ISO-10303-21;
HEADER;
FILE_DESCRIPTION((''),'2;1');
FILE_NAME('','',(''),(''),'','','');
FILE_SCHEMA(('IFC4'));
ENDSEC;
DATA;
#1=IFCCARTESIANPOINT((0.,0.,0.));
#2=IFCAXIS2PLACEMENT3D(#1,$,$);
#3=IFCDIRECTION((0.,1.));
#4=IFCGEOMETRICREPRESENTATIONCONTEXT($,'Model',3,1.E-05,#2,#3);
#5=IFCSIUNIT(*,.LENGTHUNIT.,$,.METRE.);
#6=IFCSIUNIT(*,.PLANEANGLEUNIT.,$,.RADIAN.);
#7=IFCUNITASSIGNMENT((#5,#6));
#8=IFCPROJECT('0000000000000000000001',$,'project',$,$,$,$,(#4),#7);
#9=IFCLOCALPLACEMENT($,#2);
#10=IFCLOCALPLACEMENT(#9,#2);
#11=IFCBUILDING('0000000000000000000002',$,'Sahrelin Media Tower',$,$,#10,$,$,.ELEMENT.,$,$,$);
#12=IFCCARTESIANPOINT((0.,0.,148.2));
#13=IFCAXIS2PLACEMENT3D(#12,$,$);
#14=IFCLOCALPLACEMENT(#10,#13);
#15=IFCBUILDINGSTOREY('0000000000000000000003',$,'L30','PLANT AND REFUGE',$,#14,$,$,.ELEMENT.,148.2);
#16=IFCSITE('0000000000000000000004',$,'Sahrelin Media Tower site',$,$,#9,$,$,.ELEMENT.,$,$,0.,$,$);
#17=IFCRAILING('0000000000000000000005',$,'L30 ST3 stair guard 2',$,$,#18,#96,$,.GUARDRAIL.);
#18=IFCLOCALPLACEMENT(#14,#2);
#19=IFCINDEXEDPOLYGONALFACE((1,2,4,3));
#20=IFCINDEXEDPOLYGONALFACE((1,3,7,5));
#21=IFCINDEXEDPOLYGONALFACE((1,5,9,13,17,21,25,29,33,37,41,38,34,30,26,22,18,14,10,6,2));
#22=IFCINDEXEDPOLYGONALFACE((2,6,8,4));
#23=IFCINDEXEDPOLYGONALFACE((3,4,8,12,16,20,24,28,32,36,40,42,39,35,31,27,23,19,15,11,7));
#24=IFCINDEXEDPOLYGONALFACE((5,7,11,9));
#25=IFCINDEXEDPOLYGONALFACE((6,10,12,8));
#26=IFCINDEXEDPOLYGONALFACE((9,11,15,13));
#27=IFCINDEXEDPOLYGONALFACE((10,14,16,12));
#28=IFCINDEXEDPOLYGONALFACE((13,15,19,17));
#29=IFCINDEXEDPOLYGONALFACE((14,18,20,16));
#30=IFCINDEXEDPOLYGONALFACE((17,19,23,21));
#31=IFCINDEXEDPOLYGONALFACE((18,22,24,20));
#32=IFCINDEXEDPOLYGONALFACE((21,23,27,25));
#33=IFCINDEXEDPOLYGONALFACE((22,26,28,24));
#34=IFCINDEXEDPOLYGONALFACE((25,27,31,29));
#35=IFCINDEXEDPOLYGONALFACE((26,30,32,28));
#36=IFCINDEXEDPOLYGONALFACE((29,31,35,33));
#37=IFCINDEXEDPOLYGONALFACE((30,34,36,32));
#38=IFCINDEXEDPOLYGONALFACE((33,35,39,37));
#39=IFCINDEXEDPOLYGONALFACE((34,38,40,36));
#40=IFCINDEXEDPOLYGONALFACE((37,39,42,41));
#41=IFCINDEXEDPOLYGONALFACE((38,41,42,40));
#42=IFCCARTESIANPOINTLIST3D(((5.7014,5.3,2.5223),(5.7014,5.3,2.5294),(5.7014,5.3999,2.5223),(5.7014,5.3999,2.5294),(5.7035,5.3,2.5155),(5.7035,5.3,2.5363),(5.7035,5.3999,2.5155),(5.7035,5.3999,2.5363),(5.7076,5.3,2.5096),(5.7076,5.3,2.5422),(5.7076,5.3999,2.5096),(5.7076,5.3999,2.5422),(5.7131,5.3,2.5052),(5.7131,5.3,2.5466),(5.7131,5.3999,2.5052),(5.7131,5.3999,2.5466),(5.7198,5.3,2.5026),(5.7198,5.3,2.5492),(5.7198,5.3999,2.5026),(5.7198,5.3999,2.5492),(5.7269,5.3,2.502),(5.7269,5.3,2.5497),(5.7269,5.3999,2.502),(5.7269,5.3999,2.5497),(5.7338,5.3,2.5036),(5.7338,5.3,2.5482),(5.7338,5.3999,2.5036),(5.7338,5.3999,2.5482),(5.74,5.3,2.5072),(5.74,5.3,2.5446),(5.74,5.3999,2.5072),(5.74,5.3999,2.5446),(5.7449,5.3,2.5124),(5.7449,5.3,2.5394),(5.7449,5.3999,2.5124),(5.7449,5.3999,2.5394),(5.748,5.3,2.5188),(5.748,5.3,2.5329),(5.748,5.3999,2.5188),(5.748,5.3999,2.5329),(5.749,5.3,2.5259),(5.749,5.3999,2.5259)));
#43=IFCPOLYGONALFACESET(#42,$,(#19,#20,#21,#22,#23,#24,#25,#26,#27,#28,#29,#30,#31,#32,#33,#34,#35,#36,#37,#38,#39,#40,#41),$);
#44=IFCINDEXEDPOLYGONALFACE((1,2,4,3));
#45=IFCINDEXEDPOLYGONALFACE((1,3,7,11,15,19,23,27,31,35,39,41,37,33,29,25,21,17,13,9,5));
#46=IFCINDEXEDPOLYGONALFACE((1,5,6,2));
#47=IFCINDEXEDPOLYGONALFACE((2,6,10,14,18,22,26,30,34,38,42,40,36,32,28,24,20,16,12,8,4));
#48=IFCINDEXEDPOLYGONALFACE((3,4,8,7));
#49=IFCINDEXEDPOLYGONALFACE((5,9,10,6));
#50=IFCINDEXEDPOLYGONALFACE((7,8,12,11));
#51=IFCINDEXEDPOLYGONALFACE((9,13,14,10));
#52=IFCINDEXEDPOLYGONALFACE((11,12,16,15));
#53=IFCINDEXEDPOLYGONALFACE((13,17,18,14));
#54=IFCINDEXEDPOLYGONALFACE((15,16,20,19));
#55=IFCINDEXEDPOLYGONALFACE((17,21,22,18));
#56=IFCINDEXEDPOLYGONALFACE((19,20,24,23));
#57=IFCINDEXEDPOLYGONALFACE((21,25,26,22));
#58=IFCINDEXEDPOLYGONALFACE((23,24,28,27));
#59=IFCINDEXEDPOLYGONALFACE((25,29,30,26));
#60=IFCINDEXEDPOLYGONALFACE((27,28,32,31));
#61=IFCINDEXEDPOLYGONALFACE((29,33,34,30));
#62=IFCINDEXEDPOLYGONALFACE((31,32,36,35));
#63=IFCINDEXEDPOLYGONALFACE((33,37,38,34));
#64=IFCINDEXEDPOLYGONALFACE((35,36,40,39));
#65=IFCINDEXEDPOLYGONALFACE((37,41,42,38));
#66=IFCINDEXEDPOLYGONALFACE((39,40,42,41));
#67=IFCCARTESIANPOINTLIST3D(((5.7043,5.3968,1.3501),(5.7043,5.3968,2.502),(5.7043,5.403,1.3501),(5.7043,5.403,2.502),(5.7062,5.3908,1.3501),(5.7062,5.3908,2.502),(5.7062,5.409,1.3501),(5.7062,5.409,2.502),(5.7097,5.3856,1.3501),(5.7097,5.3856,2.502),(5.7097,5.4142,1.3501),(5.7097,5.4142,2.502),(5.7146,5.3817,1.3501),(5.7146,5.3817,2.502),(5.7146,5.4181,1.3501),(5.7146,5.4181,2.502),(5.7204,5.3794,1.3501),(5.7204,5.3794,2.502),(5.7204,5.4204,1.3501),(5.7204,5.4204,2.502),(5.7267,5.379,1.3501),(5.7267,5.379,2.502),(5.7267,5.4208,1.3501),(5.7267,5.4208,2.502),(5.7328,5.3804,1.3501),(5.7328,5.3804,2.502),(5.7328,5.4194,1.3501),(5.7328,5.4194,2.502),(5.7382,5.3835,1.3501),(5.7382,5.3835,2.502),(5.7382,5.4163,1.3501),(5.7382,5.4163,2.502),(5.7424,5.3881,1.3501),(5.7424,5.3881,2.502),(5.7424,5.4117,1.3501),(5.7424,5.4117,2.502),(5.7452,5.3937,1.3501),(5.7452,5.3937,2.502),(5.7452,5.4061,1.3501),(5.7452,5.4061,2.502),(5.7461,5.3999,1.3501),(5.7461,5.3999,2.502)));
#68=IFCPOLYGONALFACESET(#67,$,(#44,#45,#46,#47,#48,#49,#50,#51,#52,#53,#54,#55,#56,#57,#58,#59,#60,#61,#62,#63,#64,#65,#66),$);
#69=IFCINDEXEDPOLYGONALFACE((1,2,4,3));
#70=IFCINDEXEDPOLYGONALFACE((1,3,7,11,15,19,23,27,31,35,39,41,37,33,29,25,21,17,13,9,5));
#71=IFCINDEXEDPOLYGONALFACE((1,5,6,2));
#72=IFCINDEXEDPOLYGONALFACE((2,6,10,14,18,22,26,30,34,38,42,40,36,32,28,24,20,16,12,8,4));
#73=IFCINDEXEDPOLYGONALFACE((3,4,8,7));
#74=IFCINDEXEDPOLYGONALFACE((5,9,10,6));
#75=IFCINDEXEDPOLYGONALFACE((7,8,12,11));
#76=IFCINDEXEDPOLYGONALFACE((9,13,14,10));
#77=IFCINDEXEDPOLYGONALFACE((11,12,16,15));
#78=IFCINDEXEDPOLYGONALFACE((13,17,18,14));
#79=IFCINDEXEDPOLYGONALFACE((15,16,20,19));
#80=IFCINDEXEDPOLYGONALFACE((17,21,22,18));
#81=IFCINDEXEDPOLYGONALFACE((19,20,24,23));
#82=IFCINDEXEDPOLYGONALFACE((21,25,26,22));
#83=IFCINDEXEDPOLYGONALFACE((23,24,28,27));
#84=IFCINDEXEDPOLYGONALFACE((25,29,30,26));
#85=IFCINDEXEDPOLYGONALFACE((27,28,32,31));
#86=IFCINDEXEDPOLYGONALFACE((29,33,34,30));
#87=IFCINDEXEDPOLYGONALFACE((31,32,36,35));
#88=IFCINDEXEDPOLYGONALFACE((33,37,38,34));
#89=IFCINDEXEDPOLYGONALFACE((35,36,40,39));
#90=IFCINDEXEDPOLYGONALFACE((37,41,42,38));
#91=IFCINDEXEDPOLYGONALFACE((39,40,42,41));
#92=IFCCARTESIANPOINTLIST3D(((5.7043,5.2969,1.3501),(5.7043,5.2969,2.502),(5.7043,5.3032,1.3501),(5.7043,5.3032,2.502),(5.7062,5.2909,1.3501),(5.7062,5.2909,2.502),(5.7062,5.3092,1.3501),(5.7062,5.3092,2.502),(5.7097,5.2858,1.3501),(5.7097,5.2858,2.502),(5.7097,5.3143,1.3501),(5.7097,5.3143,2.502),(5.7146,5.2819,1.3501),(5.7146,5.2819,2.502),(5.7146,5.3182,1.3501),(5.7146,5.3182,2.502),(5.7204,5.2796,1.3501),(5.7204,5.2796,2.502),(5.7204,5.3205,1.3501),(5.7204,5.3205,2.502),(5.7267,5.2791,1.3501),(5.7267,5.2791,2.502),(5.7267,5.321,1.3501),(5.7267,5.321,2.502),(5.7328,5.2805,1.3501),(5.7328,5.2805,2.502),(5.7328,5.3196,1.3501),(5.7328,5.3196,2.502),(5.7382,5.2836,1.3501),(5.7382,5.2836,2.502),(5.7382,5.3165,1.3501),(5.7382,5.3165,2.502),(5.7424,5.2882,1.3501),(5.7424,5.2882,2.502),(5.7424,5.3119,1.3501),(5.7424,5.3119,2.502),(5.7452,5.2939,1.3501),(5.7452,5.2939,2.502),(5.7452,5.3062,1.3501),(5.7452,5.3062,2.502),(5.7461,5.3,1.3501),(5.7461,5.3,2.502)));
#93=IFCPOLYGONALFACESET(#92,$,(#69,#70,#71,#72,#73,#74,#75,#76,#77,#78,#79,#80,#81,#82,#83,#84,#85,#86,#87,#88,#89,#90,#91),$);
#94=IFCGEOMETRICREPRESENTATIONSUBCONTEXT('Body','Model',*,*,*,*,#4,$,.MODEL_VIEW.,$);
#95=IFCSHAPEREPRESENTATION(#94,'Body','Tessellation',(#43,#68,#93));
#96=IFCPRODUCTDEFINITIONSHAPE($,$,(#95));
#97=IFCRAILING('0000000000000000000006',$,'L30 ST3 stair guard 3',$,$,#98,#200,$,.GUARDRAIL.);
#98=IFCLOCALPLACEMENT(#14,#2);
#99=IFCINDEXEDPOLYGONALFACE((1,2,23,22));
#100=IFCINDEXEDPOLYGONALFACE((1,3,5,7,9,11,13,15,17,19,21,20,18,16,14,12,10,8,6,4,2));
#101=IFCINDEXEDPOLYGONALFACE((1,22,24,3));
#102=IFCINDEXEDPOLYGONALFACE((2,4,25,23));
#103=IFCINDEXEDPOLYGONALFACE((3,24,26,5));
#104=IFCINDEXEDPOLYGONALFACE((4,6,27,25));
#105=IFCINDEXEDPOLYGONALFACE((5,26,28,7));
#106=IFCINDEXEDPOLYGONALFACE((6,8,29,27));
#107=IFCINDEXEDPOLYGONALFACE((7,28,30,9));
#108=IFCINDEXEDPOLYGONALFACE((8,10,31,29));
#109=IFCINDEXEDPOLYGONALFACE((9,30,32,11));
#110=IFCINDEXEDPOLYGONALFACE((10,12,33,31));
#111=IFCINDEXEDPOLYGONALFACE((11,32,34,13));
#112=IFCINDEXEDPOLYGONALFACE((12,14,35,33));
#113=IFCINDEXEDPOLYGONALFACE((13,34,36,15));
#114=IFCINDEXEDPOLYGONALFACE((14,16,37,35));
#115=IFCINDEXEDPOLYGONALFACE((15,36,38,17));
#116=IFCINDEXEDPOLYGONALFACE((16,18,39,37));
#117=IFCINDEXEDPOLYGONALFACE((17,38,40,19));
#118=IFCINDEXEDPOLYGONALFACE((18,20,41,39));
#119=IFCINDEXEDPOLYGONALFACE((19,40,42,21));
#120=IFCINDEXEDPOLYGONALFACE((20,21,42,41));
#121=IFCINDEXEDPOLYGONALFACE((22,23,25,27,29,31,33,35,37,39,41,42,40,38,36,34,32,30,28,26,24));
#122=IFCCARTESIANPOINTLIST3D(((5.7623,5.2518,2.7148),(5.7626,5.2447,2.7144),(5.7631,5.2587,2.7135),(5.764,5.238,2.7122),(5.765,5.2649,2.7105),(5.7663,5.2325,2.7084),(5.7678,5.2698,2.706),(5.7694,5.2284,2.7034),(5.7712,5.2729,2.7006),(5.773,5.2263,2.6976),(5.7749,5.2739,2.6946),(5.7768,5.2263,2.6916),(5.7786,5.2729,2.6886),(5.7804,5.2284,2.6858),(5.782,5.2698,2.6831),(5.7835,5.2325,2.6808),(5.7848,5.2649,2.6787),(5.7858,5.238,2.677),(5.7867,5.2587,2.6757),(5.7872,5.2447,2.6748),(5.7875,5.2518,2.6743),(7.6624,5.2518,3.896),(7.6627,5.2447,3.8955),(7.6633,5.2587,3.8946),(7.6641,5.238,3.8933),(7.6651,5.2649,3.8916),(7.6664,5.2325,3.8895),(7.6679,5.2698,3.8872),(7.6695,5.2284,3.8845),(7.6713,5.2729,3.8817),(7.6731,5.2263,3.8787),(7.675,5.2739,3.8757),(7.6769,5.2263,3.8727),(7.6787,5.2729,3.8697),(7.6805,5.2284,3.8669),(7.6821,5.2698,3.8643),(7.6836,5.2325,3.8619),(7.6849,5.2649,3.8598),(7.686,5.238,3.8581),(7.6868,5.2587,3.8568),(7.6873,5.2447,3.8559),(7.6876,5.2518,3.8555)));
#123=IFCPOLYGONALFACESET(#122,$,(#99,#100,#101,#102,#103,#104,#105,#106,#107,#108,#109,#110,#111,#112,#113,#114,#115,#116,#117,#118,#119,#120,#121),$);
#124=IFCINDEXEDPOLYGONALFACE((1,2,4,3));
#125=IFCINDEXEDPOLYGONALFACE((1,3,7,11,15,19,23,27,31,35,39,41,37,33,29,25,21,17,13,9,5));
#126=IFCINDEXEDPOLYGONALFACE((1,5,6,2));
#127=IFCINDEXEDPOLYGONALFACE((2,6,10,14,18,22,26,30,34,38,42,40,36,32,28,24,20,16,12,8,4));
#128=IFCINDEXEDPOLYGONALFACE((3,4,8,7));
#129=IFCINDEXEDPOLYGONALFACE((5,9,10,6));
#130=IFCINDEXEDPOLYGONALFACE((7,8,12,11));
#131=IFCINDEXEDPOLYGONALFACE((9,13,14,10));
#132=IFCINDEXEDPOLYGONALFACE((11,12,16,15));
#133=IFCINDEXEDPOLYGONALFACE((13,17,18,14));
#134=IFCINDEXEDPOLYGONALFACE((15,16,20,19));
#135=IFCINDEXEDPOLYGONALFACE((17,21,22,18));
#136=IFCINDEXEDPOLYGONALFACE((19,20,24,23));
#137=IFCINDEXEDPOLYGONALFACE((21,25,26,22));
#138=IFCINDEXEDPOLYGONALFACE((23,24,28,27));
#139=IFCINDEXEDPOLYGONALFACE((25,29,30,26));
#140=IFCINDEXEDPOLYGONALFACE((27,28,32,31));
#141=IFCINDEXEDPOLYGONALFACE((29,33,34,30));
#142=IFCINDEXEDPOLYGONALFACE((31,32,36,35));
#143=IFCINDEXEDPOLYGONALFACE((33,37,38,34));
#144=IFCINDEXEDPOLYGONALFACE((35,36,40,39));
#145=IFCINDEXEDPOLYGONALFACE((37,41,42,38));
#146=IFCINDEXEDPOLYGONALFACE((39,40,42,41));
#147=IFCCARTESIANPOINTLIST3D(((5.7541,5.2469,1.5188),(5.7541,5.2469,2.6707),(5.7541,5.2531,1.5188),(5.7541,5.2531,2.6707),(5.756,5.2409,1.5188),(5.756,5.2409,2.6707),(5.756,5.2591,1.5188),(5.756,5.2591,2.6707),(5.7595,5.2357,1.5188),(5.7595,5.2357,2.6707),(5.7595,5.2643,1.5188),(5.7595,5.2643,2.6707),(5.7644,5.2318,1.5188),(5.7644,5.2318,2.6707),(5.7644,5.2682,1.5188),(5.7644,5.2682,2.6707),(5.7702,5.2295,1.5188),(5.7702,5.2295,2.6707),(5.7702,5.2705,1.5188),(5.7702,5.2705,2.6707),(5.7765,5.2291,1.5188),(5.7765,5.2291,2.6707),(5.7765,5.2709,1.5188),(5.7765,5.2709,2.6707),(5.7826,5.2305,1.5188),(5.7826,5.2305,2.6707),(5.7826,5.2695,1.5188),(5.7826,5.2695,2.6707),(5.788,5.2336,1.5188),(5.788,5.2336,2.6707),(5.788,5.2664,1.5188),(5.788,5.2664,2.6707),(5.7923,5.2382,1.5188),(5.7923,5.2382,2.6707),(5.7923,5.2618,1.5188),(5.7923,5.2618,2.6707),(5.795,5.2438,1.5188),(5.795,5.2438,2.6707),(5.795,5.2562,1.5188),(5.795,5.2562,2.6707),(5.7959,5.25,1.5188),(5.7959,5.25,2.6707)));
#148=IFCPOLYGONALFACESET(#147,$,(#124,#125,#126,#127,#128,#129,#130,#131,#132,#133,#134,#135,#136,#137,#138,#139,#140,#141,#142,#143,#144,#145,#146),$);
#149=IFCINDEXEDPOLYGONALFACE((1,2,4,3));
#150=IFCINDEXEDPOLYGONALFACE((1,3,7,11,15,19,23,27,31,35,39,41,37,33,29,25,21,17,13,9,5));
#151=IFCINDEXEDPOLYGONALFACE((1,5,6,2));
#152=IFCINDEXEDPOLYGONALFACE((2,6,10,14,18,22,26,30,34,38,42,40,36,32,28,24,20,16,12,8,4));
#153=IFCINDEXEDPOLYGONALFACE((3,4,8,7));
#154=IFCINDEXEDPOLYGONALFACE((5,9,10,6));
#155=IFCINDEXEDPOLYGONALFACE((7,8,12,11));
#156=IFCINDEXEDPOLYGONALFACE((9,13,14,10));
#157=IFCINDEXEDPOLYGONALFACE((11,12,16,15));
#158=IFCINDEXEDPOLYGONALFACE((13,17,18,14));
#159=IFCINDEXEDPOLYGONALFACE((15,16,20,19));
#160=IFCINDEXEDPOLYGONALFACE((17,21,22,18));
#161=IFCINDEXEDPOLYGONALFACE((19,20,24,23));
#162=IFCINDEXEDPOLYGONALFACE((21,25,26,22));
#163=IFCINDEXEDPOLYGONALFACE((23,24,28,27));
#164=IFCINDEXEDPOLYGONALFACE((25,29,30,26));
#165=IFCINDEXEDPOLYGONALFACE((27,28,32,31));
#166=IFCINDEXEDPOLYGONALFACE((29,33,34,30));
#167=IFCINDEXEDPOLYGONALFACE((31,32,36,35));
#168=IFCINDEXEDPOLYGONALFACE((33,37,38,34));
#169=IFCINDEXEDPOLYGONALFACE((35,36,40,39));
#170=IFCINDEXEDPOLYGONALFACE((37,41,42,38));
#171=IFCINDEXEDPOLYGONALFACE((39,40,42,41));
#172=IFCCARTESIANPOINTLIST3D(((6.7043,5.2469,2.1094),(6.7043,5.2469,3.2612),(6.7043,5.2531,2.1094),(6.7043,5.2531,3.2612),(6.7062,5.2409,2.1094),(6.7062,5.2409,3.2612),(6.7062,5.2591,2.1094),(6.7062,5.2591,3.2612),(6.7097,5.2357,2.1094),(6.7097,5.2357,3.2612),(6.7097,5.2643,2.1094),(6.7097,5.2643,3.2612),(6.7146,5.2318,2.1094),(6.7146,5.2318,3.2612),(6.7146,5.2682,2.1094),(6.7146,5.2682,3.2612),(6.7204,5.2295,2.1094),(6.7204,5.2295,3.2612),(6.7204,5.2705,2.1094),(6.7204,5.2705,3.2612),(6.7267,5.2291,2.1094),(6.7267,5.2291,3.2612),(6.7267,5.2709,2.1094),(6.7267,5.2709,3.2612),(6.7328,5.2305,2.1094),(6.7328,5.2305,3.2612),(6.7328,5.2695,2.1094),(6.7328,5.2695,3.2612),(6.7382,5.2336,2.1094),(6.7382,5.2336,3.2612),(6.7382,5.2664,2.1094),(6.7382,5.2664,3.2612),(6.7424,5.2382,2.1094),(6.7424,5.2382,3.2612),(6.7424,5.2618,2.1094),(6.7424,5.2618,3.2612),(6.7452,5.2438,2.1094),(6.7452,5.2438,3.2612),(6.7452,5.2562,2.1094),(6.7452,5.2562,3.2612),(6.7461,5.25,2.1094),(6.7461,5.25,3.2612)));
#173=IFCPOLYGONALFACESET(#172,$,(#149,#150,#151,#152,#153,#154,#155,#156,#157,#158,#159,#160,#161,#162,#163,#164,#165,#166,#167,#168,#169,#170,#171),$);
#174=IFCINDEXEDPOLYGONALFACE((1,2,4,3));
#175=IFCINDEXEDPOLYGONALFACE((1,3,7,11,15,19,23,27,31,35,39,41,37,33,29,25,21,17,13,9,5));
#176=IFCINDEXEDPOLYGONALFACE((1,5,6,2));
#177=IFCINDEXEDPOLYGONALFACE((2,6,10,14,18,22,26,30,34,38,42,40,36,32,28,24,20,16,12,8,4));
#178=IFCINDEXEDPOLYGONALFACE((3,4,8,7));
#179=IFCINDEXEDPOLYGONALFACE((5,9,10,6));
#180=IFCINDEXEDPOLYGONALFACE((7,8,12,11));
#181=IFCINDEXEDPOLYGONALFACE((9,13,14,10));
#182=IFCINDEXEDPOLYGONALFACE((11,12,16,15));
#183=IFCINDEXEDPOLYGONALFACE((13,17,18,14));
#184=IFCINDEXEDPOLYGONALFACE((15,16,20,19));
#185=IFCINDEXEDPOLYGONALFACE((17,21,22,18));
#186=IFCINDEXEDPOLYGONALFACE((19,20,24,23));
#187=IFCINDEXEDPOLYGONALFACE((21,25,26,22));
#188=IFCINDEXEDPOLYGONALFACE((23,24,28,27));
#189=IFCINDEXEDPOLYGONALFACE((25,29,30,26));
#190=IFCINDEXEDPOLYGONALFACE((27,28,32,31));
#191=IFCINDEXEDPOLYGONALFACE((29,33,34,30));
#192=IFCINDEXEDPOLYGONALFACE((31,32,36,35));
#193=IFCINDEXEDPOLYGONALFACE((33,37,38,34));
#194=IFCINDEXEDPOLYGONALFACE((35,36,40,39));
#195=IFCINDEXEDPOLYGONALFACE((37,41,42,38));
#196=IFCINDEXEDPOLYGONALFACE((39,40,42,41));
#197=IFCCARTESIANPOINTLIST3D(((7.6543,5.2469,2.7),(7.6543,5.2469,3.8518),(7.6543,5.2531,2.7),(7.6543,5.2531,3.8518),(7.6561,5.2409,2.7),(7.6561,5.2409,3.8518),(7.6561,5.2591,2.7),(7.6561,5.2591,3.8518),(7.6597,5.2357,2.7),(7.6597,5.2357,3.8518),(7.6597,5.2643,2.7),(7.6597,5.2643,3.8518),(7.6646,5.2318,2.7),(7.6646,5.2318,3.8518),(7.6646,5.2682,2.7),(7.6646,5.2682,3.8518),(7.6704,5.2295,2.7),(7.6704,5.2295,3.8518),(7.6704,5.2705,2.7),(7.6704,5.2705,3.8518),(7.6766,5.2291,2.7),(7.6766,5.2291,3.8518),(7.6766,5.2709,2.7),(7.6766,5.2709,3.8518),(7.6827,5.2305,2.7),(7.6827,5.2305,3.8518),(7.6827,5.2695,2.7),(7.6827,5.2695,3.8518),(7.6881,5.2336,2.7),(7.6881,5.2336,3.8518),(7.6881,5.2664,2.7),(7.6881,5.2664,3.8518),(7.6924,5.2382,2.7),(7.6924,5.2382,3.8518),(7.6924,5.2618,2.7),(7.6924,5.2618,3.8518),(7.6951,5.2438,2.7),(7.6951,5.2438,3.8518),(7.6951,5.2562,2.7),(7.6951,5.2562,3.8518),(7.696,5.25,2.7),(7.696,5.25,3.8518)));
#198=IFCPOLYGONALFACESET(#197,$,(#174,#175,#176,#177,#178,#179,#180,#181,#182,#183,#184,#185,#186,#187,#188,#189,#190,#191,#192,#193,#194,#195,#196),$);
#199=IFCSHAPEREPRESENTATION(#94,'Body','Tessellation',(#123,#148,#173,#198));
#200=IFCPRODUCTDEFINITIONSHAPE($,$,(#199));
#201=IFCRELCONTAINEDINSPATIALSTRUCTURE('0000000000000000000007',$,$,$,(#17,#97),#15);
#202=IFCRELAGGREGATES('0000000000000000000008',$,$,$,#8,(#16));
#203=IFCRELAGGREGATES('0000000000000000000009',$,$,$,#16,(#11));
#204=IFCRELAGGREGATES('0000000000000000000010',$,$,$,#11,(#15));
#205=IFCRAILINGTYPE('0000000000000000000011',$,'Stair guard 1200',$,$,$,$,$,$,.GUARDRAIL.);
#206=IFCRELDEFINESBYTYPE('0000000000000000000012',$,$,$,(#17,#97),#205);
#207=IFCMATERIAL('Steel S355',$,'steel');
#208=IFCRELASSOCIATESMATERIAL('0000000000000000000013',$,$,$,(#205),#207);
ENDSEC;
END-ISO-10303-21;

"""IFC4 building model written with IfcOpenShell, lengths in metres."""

from ifc_helpers import new_model, si_unit, direction, frame, origin, origin_2d, place, context, subcontext, project, spatial, circle, extrude, material, type_object, element, save


model = new_model("IFC4")

# Units and contexts
model_context = context("Model", 3, precision=1e-05, world=origin(), true_north=direction((0.0, 1.0)))
body_context = subcontext(model_context, "Body", "Model", "MODEL_VIEW")
ifc_project = project(units=[si_unit("LENGTHUNIT", "METRE"), si_unit("PLANEANGLEUNIT", "RADIAN")], contexts=[model_context])

# Site, building, storey
site_placement = place(None, origin())
site = spatial("IfcSite", under=ifc_project, at=site_placement, Name="Sahrelin Media Tower site", CompositionType="ELEMENT", RefElevation=0.0)
building_placement = place(site_placement, origin())
building = spatial("IfcBuilding", under=site, at=building_placement, Name="Sahrelin Media Tower", CompositionType="ELEMENT")
storey_placement = place(building_placement, frame((0.0, 0.0, 148.2)))
storey = spatial("IfcBuildingStorey", under=building, at=storey_placement, Name="L30", Description="PLANT AND REFUGE", CompositionType="ELEMENT", Elevation=148.2)

# Shared definitions
ifc_material_1 = material(Name="Steel S355", Category="steel")

# Railings
railing_type_1 = type_object("IfcRailingType", Name="Stair guard 1200", PredefinedType="GUARDRAIL", material=ifc_material_1)
railing_1_placement = place(storey_placement, frame((5.7251, 5.3999, 1.3501)))
element("IfcRailing", 1, at=railing_1_placement, inside=storey, type_object=railing_type_1, Name="L30 ST3 stair guard 2", PredefinedType="GUARDRAIL", context=body_context, shape_type="SweptSolid", body=[
    extrude(circle(Radius=0.0239, at=origin_2d()), frame((0.0, 0.0, 1.1758), z_axis=(0.0, -1.0, 0.0), x_axis=(1.0, 0.0, 0.0)), (0.0, 0.0, 1.0), 0.0999),
    extrude(circle(Radius=0.021, at=origin_2d()), origin(), (0.0, 0.0, 1.0), 1.1519),
    extrude(circle(Radius=0.021, at=origin_2d()), frame((0.0, -0.0999, 0.0)), (0.0, 0.0, 1.0), 1.1519),
])
railing_2_placement = place(storey_placement, frame((5.7749, 5.25, 1.5188)))
element("IfcRailing", 2, at=railing_2_placement, inside=storey, type_object=railing_type_1, Name="L30 ST3 stair guard 3", PredefinedType="GUARDRAIL", context=body_context, shape_type="SweptSolid", body=[
    extrude(circle(Radius=0.0239, at=origin_2d()), frame((0.0, 0.0, 1.1758), z_axis=(0.849289, 0.0, 0.527928), x_axis=(0.0, 1.0, 0.0)), (0.0, 0.0, 1.0), 2.2373),
    extrude(circle(Radius=0.021, at=origin_2d()), origin(), (0.0, 0.0, 1.0), 1.1519),
    extrude(circle(Radius=0.021, at=origin_2d()), frame((0.9502, 0.0, 0.5906)), (0.0, 0.0, 1.0), 1.1519),
    extrude(circle(Radius=0.021, at=origin_2d()), frame((1.9001, 0.0, 1.1812)), (0.0, 0.0, 1.0), 1.1519),
])

save(model, "model.ifc")
